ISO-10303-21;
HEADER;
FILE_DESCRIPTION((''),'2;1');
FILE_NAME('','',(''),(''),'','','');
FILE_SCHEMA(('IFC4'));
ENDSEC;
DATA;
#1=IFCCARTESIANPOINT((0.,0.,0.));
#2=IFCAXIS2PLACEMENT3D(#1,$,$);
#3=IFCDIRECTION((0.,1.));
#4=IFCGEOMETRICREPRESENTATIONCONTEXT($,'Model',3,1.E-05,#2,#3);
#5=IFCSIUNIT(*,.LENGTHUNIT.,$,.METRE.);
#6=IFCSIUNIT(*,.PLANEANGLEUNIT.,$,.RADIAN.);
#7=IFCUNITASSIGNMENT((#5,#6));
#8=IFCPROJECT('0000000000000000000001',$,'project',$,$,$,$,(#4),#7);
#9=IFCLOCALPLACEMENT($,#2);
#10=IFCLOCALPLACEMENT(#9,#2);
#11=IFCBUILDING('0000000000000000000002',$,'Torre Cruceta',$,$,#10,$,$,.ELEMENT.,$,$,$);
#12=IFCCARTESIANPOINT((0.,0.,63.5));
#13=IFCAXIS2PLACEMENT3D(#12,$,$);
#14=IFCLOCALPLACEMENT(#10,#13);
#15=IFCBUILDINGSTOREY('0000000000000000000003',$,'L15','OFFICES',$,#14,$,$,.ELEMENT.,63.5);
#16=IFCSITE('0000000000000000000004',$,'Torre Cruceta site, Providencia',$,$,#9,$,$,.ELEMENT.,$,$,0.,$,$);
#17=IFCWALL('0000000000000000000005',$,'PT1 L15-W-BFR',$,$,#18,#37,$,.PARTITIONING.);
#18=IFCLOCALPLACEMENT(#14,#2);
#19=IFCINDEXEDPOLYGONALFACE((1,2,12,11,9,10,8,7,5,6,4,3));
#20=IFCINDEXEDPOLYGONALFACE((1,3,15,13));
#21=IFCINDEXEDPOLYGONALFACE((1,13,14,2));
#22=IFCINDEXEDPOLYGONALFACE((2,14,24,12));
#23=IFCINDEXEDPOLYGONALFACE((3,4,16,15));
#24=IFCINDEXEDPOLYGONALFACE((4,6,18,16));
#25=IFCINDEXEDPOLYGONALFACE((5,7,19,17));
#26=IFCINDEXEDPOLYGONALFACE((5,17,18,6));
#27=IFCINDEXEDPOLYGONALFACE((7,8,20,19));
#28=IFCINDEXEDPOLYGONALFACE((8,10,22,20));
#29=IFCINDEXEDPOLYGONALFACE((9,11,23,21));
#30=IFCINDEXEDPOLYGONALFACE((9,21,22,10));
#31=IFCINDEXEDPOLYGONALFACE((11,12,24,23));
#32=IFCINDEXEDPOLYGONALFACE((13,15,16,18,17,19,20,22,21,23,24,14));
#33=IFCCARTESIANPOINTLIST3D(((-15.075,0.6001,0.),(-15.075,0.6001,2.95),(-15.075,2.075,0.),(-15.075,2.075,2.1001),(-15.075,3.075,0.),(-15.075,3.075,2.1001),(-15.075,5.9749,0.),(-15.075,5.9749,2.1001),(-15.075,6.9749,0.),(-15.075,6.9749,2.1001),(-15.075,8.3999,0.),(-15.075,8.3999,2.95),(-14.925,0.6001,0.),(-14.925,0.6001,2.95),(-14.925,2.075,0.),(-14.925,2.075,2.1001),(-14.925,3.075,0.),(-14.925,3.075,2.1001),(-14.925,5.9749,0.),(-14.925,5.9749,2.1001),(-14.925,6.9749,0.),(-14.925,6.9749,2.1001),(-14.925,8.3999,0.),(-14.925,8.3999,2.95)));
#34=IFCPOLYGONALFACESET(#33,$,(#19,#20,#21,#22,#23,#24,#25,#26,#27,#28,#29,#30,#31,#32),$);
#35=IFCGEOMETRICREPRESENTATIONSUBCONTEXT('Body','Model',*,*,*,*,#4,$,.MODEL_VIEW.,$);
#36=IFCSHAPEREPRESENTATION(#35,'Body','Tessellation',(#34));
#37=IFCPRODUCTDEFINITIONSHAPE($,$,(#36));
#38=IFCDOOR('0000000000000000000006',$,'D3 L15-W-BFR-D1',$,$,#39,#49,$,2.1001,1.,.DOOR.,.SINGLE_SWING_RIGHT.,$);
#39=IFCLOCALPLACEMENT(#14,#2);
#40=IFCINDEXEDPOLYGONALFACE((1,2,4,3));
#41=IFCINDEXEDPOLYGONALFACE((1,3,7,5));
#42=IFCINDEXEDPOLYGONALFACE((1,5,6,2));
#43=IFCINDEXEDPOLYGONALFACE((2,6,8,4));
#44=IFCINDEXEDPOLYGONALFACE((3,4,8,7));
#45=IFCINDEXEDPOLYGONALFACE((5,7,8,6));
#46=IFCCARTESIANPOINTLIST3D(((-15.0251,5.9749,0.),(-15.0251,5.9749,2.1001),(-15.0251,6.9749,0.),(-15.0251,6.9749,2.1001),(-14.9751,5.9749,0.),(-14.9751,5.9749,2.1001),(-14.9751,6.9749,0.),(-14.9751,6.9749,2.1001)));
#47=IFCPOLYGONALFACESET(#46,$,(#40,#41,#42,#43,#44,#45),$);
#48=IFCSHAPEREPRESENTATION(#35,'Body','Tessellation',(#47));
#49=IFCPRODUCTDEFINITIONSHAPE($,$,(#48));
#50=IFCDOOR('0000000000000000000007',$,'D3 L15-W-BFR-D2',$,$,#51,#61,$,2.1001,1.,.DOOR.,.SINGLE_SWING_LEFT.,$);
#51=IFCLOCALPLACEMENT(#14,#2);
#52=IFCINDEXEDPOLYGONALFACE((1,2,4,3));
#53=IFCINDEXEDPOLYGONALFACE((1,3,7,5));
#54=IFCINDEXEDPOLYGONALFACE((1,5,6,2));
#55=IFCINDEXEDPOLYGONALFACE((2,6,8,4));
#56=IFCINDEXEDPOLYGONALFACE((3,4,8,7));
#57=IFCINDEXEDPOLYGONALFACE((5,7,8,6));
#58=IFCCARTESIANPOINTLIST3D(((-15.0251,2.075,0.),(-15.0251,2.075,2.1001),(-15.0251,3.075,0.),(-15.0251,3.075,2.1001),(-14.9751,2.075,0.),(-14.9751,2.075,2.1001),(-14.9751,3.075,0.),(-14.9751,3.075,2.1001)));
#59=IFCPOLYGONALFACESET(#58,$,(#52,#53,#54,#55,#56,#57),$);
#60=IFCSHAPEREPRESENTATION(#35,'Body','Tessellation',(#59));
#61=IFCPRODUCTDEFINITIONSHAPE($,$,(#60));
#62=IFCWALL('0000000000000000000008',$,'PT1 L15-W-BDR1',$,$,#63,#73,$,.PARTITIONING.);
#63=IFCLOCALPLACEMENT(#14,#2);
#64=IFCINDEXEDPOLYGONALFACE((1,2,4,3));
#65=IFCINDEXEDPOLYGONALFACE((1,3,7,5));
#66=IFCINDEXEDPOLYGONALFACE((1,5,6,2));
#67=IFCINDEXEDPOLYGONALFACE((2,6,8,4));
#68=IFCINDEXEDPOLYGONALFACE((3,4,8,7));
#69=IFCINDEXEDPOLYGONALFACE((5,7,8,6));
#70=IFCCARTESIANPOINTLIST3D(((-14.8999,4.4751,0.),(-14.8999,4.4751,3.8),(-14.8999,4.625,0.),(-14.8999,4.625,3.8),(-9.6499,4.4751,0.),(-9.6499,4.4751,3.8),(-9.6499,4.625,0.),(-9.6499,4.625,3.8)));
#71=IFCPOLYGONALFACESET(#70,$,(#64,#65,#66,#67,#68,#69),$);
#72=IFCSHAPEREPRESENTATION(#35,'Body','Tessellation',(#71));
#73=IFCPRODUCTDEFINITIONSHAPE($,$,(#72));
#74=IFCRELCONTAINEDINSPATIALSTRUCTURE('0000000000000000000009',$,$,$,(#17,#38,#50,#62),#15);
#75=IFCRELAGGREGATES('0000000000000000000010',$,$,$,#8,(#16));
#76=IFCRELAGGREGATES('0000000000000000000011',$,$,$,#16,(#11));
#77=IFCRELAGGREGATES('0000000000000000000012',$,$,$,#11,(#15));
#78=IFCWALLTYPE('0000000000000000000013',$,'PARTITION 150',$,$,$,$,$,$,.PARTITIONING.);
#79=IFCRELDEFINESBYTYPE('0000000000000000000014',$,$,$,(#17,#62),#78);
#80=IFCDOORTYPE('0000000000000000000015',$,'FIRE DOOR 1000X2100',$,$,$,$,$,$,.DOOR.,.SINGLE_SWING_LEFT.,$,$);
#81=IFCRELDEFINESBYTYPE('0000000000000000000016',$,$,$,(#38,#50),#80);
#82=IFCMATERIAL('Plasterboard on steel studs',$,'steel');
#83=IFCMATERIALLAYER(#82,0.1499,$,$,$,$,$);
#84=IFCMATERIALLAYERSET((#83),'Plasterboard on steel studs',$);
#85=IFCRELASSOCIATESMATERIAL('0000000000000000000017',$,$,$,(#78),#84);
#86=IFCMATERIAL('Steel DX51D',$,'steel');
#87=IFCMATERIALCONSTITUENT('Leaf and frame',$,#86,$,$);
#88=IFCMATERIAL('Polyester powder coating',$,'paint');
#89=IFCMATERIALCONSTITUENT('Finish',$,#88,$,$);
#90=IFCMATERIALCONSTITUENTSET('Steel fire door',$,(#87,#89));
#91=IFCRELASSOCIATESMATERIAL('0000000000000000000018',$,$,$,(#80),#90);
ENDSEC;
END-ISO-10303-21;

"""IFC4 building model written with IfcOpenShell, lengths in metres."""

from ifc_helpers import new_model, si_unit, direction, frame, frame_2d, origin, place, context, subcontext, project, spatial, rectangle, extrude, material, layer, layer_set, constituent, constituent_set, type_object, element, fill, save


model = new_model("IFC4")

# Units and contexts
model_context = context("Model", 3, precision=1e-05, world=origin(), true_north=direction((0.0, 1.0)))
body_context = subcontext(model_context, "Body", "Model", "MODEL_VIEW")
ifc_project = project(units=[si_unit("LENGTHUNIT", "METRE"), si_unit("PLANEANGLEUNIT", "RADIAN")], contexts=[model_context])

# Site, building, storey
site_placement = place(None, origin())
site = spatial("IfcSite", under=ifc_project, at=site_placement, Name="Torre Cruceta site, Providencia", CompositionType="ELEMENT", RefElevation=0.0)
building_placement = place(site_placement, origin())
building = spatial("IfcBuilding", under=site, at=building_placement, Name="Torre Cruceta", CompositionType="ELEMENT")
storey_placement = place(building_placement, frame((0.0, 0.0, 63.5)))
storey = spatial("IfcBuildingStorey", under=building, at=storey_placement, Name="L15", Description="OFFICES", CompositionType="ELEMENT", Elevation=63.5)

# Wall, openings, doors
ifc_material_1 = material(Name="Plasterboard on steel studs", Category="steel")
ifc_layer_1 = layer(ifc_material_1, 0.1499)
ifc_layer_set_1 = layer_set([ifc_layer_1], Name="Plasterboard on steel studs")
wall_type_1 = type_object("IfcWallType", Name="PARTITION 150", PredefinedType="PARTITIONING", material=ifc_layer_set_1)
wall_1_placement = place(storey_placement, frame((-15.0, 8.3999, 0.0), z_axis=(0.0, 0.0, 1.0), x_axis=(0.0, -1.0, 0.0)))
wall_1 = element("IfcWall", 1, at=wall_1_placement, inside=storey, type_object=wall_type_1, Name="PT1 L15-W-BFR", PredefinedType="PARTITIONING", context=body_context, shape_type="SweptSolid", body=[
    extrude(rectangle(XDim=7.7998, YDim=0.1499, at=frame_2d((3.8999, 0.0))), origin(), (0.0, 0.0, 1.0), 2.95),
])
opening_1_placement = place(wall_1_placement, frame((1.425, 0.0, 0.0)))
opening_1 = element("IfcOpeningElement", 2, at=opening_1_placement, cuts=wall_1, PredefinedType="OPENING", context=body_context, shape_type="SweptSolid", body=[
    extrude(rectangle(XDim=1.0, YDim=2.1001, at=frame_2d((0.5, 1.05))), frame((0.0, 0.085, 0.0), z_axis=(0.0, -1.0, 0.0), x_axis=(1.0, 0.0, 0.0)), (0.0, 0.0, 1.0), 0.1699),
])
opening_2_placement = place(wall_1_placement, frame((5.325, 0.0, 0.0)))
opening_2 = element("IfcOpeningElement", 3, at=opening_2_placement, cuts=wall_1, PredefinedType="OPENING", context=body_context, shape_type="SweptSolid", body=[
    extrude(rectangle(XDim=1.0, YDim=2.1001, at=frame_2d((0.5, 1.05))), frame((0.0, 0.085, 0.0), z_axis=(0.0, -1.0, 0.0), x_axis=(1.0, 0.0, 0.0)), (0.0, 0.0, 1.0), 0.1699),
])
ifc_material_2 = material(Name="Steel DX51D", Category="steel")
ifc_constituent_1 = constituent(ifc_material_2, Name="Leaf and frame")
ifc_material_3 = material(Name="Polyester powder coating", Category="paint")
ifc_constituent_2 = constituent(ifc_material_3, Name="Finish")
ifc_constituent_set_1 = constituent_set(constituents=[ifc_constituent_1, ifc_constituent_2], Name="Steel fire door")
door_type_1 = type_object("IfcDoorType", Name="FIRE DOOR 1000X2100", OperationType="SINGLE_SWING_LEFT", PredefinedType="DOOR", material=ifc_constituent_set_1)
door_1_placement = place(opening_1_placement, origin())
door_1 = element("IfcDoor", 4, at=door_1_placement, inside=storey, type_object=door_type_1, Name="D3 L15-W-BFR-D1", OperationType="SINGLE_SWING_RIGHT", OverallHeight=2.1001, OverallWidth=1.0, PredefinedType="DOOR", context=body_context, shape_type="SweptSolid", body=[
    extrude(rectangle(XDim=1.0, YDim=2.1001, at=frame_2d((0.5, 1.05))), frame((0.0, 0.0249, 0.0), z_axis=(0.0, -1.0, 0.0), x_axis=(1.0, 0.0, 0.0)), (0.0, 0.0, 1.0), 0.05),
])
fill(opening_1, door_1)
door_2_placement = place(opening_2_placement, origin())
door_2 = element("IfcDoor", 5, at=door_2_placement, inside=storey, type_object=door_type_1, Name="D3 L15-W-BFR-D2", OperationType="SINGLE_SWING_LEFT", OverallHeight=2.1001, OverallWidth=1.0, PredefinedType="DOOR", context=body_context, shape_type="SweptSolid", body=[
    extrude(rectangle(XDim=1.0, YDim=2.1001, at=frame_2d((0.5, 1.05))), frame((0.0, 0.0249, 0.0), z_axis=(0.0, -1.0, 0.0), x_axis=(1.0, 0.0, 0.0)), (0.0, 0.0, 1.0), 0.05),
])
fill(opening_2, door_2)

# Wall
wall_2_placement = place(storey_placement, frame((-9.6499, 4.55, 0.0), z_axis=(0.0, 0.0, 1.0), x_axis=(-1.0, 0.0, 0.0)))
element("IfcWall", 6, at=wall_2_placement, inside=storey, type_object=wall_type_1, Name="PT1 L15-W-BDR1", PredefinedType="PARTITIONING", context=body_context, shape_type="SweptSolid", body=[
    extrude(rectangle(XDim=5.25, YDim=0.1499, at=frame_2d((2.625, 0.0))), origin(), (0.0, 0.0, 1.0), 3.8),
])

save(model, "model.ifc")
